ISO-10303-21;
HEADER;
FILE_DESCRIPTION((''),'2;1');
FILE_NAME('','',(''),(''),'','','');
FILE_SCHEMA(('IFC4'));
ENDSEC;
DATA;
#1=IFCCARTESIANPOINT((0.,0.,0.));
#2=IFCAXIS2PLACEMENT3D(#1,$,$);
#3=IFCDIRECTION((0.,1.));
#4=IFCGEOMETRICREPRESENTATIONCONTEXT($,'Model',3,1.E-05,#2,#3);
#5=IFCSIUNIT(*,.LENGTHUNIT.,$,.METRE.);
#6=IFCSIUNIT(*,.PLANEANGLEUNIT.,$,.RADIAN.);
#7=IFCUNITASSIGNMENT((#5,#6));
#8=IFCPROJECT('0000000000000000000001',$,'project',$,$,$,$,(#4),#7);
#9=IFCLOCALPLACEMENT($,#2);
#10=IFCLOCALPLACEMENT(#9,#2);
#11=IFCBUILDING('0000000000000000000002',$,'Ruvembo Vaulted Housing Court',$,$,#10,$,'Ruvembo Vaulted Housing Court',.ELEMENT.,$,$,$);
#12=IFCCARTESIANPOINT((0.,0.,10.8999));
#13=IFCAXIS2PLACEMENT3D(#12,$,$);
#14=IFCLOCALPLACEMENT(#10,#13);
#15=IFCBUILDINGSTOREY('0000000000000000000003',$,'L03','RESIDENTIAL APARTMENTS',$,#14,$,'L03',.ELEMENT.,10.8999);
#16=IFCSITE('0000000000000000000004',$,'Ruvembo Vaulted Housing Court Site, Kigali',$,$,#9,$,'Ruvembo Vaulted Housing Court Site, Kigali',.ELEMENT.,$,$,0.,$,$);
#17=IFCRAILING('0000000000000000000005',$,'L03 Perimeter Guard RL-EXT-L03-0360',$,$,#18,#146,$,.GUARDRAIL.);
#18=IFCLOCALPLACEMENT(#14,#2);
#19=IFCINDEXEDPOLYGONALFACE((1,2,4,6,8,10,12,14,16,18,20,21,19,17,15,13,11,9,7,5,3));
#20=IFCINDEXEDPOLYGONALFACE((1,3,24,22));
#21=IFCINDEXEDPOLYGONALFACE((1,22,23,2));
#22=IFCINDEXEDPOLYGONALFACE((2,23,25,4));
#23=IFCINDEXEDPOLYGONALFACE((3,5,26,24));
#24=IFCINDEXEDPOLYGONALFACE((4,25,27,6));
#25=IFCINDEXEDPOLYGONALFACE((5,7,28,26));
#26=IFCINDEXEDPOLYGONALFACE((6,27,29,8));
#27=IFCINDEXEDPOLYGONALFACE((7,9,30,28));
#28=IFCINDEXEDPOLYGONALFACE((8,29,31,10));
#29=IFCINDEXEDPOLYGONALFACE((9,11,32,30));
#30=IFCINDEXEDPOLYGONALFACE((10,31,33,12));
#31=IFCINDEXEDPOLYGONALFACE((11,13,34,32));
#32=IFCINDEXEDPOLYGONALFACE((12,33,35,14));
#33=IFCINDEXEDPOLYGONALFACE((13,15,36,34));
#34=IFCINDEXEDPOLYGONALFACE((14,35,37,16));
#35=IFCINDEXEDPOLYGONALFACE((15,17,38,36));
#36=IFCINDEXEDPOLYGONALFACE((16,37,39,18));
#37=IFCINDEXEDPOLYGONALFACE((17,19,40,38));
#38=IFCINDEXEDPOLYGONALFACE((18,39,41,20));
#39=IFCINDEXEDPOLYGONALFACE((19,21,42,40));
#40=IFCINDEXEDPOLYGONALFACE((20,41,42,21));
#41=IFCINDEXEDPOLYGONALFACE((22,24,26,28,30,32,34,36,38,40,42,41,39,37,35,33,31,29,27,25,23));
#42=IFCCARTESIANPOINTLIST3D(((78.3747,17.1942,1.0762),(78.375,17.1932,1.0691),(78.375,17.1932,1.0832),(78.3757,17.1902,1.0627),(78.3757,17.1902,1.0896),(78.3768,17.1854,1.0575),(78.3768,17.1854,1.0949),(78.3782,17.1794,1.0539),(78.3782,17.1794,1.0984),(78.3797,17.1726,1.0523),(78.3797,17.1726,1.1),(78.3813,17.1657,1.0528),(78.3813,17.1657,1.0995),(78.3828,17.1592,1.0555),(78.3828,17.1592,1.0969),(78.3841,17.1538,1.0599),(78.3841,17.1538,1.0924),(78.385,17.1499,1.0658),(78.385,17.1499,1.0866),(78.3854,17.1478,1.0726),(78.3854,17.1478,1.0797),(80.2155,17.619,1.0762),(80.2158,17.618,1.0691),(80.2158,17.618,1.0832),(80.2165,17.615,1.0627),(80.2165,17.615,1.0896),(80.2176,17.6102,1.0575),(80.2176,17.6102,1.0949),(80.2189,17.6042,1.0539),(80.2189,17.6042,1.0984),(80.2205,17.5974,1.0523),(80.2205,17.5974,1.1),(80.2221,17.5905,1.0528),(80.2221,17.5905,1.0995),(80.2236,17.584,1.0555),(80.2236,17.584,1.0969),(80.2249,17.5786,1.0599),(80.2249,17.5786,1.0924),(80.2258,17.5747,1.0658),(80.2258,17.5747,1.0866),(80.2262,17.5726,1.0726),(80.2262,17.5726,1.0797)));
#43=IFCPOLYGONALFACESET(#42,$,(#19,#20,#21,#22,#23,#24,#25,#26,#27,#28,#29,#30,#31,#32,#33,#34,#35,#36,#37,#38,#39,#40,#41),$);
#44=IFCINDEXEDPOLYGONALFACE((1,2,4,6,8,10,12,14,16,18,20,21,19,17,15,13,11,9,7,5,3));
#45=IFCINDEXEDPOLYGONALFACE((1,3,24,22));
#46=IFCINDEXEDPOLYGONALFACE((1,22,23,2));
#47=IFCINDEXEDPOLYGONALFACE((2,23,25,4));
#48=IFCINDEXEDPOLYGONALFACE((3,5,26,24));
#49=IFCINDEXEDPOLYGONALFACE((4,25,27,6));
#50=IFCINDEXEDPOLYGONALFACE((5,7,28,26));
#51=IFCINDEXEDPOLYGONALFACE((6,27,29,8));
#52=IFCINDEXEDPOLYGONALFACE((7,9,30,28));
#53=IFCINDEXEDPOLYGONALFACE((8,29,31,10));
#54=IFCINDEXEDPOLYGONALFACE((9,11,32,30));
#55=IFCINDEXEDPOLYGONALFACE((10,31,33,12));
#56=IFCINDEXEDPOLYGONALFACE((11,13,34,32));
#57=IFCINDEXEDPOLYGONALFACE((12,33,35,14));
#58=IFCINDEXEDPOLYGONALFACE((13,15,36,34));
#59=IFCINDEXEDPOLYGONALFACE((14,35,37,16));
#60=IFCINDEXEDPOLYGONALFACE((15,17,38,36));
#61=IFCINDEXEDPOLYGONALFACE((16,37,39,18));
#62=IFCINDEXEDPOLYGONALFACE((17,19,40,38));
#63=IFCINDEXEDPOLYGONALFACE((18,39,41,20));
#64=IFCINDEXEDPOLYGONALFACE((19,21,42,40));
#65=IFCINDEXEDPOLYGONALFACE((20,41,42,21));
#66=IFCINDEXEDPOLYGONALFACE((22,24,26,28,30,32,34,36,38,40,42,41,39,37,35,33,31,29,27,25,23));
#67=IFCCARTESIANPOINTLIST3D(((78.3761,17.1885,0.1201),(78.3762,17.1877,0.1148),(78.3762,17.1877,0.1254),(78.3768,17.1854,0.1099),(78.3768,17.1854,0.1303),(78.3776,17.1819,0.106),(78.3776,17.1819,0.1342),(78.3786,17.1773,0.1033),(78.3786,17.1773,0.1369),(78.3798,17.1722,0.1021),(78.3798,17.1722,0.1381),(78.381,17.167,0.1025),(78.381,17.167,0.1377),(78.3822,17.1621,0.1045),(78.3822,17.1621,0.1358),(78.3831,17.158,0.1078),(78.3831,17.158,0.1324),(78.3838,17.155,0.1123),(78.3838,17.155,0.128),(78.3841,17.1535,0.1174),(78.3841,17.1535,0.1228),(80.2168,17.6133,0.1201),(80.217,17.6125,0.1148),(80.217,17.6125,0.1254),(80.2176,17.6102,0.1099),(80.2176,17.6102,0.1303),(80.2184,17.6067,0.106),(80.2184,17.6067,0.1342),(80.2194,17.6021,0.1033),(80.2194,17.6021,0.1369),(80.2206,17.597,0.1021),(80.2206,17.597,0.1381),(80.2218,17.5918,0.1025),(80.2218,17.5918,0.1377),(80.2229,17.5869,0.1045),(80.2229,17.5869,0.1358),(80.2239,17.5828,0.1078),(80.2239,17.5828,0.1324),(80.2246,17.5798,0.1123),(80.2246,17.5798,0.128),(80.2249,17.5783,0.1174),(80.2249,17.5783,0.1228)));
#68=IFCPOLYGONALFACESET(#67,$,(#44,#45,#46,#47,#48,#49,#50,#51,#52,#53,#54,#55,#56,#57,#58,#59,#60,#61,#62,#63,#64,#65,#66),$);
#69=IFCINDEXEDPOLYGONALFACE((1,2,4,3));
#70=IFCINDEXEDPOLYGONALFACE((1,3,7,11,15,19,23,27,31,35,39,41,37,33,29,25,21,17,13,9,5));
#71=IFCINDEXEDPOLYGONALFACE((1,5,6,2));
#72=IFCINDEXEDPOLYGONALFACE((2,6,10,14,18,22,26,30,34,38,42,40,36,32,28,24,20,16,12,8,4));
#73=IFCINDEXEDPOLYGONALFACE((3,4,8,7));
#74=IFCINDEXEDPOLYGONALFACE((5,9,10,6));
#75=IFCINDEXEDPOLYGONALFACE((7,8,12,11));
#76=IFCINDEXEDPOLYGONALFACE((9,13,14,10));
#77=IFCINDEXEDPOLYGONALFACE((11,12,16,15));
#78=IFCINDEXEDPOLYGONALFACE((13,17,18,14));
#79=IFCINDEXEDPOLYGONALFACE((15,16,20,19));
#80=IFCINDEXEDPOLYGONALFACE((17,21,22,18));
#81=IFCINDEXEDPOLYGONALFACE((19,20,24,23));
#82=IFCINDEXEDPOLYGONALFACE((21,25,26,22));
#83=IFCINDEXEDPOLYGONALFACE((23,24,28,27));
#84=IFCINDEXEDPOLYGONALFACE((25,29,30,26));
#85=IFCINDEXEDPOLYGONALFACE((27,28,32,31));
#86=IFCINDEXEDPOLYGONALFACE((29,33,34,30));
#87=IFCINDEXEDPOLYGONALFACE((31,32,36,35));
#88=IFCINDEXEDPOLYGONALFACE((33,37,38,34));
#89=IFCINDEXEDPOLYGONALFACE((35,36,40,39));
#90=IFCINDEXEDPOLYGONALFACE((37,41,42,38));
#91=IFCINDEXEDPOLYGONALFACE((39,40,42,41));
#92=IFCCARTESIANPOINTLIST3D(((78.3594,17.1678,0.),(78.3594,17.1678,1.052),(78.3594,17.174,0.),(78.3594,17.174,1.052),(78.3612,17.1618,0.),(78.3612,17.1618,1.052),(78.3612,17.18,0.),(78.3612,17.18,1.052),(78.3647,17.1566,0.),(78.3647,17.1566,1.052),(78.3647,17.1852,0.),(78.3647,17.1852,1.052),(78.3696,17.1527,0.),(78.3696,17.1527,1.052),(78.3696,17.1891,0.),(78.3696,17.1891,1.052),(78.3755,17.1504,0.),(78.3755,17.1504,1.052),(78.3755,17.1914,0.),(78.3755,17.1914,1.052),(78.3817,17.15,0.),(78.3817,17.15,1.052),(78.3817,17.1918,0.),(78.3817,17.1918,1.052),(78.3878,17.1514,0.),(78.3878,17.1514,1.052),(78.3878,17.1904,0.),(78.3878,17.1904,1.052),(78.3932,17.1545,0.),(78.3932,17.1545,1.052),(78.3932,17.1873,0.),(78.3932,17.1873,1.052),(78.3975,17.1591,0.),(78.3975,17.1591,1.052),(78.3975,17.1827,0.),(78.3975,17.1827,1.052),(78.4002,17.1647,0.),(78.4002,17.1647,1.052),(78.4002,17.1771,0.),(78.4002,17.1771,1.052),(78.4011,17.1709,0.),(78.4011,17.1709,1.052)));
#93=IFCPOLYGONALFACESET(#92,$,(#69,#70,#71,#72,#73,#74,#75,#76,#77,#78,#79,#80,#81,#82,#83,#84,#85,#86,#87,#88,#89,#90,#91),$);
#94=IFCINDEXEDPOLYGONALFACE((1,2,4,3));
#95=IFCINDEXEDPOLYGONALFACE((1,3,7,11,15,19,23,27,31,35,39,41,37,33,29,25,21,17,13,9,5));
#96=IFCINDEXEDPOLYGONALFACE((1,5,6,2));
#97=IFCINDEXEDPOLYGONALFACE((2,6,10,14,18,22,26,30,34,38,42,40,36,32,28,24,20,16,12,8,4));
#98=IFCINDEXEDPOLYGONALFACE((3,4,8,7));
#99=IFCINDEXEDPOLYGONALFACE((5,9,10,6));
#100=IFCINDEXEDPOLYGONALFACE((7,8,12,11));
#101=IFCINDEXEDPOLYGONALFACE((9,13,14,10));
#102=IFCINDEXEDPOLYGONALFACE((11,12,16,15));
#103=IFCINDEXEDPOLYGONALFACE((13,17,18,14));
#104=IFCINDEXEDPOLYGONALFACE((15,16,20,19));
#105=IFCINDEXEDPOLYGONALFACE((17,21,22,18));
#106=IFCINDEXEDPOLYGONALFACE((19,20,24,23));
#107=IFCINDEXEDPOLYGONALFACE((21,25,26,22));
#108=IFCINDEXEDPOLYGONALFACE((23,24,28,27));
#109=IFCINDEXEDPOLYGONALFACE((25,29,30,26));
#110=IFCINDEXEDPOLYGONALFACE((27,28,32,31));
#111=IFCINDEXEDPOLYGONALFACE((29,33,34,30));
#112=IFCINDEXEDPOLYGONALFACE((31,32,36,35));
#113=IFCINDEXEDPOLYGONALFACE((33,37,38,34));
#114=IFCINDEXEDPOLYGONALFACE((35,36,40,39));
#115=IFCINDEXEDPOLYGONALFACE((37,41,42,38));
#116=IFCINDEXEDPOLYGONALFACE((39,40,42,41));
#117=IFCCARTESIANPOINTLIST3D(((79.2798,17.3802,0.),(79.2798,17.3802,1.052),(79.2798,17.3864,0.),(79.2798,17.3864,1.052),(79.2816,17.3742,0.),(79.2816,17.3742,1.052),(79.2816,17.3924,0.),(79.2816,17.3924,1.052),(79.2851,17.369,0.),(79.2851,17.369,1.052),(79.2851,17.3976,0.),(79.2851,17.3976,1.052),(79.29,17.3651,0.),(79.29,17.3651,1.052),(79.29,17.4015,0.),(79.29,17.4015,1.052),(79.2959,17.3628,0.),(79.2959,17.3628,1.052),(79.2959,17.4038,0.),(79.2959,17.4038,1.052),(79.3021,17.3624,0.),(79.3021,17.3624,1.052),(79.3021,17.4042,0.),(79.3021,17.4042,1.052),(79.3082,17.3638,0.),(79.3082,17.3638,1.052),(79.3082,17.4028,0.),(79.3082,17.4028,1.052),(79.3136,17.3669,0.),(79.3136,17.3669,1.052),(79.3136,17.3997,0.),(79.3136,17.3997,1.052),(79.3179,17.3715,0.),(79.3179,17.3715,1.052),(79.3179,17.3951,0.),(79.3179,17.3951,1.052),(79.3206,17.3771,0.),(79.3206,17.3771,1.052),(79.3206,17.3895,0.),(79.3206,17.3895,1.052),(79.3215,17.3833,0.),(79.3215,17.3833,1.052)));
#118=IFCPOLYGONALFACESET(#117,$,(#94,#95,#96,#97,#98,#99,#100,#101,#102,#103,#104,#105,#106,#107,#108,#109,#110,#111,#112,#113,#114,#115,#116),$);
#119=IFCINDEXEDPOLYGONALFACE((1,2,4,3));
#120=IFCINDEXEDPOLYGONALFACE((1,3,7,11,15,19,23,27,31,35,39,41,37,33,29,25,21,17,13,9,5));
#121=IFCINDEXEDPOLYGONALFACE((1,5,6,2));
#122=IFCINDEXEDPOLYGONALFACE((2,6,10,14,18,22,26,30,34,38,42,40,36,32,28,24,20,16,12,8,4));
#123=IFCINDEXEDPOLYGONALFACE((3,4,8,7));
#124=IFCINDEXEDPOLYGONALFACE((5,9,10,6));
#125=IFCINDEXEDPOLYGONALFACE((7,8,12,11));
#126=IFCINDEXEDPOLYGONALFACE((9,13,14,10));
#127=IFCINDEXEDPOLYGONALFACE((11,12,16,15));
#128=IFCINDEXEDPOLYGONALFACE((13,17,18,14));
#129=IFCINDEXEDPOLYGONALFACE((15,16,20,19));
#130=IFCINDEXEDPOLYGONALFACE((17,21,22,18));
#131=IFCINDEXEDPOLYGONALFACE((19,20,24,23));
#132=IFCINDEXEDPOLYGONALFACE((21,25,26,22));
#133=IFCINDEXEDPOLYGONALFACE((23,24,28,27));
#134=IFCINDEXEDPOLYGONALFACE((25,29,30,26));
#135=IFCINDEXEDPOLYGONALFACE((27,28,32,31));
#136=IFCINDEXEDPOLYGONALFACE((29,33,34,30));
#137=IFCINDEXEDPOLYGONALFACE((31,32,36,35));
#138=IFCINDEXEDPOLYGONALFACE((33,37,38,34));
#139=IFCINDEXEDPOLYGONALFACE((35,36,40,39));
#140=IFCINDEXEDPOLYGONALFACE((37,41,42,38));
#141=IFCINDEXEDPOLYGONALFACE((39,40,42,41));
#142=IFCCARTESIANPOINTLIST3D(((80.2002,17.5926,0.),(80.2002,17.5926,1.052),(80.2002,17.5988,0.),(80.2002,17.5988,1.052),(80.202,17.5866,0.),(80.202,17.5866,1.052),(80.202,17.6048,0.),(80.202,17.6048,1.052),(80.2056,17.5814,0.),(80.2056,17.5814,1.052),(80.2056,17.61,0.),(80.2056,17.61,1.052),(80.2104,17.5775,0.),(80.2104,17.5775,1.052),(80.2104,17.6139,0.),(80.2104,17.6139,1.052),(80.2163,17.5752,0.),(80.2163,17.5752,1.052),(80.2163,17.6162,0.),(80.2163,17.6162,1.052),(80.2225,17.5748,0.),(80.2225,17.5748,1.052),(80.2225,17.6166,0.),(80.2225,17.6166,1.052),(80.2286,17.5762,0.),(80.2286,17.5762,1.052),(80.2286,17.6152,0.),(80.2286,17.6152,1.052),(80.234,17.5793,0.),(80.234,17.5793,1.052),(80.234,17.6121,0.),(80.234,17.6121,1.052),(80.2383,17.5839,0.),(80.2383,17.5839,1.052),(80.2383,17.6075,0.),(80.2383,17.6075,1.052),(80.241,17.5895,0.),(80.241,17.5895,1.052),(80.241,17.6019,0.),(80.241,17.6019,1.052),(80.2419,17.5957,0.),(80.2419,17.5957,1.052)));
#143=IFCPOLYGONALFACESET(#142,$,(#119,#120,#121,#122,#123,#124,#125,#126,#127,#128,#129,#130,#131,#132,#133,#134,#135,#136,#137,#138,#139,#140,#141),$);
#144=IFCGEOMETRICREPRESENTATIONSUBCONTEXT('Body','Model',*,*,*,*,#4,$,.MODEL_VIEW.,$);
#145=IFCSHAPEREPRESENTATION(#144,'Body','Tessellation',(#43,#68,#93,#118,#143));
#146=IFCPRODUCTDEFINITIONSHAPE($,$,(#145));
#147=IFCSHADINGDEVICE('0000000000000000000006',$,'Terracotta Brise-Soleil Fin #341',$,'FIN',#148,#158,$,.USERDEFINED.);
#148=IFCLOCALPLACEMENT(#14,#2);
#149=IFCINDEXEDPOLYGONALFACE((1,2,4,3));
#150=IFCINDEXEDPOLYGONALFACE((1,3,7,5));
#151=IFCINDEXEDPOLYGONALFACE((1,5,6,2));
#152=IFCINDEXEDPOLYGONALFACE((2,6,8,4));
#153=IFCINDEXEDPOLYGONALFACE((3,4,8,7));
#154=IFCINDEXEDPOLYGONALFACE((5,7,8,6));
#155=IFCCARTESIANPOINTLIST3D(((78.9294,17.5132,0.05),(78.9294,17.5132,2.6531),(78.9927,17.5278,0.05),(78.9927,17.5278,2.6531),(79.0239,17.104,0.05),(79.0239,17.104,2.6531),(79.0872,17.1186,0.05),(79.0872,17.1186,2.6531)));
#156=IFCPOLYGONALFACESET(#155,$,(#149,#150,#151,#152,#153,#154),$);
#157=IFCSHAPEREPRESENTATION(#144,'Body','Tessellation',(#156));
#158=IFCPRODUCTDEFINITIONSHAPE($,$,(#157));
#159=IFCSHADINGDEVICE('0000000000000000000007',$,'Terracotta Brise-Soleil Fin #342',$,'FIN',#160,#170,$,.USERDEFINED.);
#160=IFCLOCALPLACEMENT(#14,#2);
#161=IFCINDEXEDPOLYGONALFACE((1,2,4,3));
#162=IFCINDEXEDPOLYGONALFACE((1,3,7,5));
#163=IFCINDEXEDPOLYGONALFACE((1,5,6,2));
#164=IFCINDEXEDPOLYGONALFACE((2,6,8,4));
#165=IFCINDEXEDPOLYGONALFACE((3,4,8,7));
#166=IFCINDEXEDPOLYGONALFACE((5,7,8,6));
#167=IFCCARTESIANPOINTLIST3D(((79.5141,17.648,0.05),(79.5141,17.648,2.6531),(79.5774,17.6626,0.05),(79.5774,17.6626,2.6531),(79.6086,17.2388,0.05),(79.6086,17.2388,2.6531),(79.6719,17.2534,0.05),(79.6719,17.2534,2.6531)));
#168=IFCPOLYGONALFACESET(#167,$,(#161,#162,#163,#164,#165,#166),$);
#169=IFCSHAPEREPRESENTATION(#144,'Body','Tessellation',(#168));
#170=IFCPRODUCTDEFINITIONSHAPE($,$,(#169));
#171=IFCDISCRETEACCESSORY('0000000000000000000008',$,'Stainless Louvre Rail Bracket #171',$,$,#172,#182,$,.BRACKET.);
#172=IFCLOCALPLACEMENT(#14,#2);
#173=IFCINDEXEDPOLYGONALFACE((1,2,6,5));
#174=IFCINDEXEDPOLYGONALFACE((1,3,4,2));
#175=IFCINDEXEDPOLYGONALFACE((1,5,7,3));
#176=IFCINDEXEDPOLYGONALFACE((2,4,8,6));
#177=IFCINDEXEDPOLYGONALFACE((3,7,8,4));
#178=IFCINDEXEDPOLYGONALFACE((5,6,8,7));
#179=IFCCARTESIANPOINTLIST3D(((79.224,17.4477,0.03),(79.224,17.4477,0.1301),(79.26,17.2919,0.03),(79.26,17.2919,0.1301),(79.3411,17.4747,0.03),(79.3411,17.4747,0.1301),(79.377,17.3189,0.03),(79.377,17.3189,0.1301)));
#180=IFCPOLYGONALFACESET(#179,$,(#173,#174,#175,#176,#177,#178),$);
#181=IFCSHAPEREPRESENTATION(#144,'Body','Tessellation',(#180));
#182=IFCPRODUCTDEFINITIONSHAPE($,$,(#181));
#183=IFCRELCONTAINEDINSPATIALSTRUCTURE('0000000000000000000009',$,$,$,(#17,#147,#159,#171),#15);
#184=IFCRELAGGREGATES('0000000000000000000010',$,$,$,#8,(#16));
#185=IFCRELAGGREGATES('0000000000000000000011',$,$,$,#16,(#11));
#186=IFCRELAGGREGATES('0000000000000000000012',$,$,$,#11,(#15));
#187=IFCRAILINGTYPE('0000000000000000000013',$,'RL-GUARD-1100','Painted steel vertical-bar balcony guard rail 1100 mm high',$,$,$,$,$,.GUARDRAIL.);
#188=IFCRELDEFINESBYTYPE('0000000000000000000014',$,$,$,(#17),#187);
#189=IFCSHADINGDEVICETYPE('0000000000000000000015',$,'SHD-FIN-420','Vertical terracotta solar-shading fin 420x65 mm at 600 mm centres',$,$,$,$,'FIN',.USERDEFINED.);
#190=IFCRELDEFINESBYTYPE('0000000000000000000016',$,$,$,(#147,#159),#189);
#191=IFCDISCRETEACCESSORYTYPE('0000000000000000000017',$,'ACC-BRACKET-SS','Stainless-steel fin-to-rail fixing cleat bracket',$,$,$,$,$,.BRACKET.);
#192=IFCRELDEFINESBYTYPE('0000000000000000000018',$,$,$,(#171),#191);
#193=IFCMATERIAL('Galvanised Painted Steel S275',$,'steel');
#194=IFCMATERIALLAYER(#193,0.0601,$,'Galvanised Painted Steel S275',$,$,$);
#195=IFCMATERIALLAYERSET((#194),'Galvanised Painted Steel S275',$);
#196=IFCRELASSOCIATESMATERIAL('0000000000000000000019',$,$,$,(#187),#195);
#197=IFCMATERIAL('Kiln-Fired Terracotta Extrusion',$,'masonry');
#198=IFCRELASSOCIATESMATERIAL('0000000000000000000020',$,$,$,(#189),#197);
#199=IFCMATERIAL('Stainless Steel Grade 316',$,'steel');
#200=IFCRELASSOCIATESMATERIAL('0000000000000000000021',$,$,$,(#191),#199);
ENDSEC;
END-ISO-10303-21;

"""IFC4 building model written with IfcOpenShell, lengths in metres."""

from ifc_helpers import new_model, si_unit, direction, frame, origin, origin_2d, place, context, subcontext, project, spatial, rectangle, circle, extrude, material, layer, layer_set, type_object, element, save


model = new_model("IFC4")

# Units and contexts
model_context = context("Model", 3, precision=1e-05, world=origin(), true_north=direction((0.0, 1.0)))
body_context = subcontext(model_context, "Body", "Model", "MODEL_VIEW")
ifc_project = project(units=[si_unit("LENGTHUNIT", "METRE"), si_unit("PLANEANGLEUNIT", "RADIAN")], contexts=[model_context])

# Site, building, storey
site_placement = place(None, origin())
site = spatial("IfcSite", under=ifc_project, at=site_placement, Name="Ruvembo Vaulted Housing Court Site, Kigali", LongName="Ruvembo Vaulted Housing Court Site, Kigali", CompositionType="ELEMENT", RefElevation=0.0)
building_placement = place(site_placement, origin())
building = spatial("IfcBuilding", under=site, at=building_placement, Name="Ruvembo Vaulted Housing Court", LongName="Ruvembo Vaulted Housing Court", CompositionType="ELEMENT")
storey_placement = place(building_placement, frame((0.0, 0.0, 10.8999)))
storey = spatial("IfcBuildingStorey", under=building, at=storey_placement, Name="L03", Description="RESIDENTIAL APARTMENTS", LongName="L03", CompositionType="ELEMENT", Elevation=10.8999)

# Railing
ifc_material_1 = material(Name="Galvanised Painted Steel S275", Category="steel")
ifc_layer_1 = layer(ifc_material_1, 0.0601, Name="Galvanised Painted Steel S275")
ifc_layer_set_1 = layer_set([ifc_layer_1], Name="Galvanised Painted Steel S275")
railing_type = type_object("IfcRailingType", Name="RL-GUARD-1100", Description="Painted steel vertical-bar balcony guard rail 1100 mm high", PredefinedType="GUARDRAIL", material=ifc_layer_set_1)
railing_placement = place(storey_placement, frame((78.3801, 17.1709, 0.0)))
element("IfcRailing", 1, at=railing_placement, inside=storey, type_object=railing_type, Name="L03 Perimeter Guard RL-EXT-L03-0360", PredefinedType="GUARDRAIL", context=body_context, shape_type="SweptSolid", body=[
    extrude(circle(Radius=0.0239, at=origin_2d()), frame((0.0, 0.0, 1.0762), z_axis=(0.974391, 0.22486, 0.0), x_axis=(-0.22486, 0.974391, 0.0)), (0.0, 0.0, 1.0), 1.8892),
    extrude(circle(Radius=0.0181, at=origin_2d()), frame((0.0, 0.0, 0.1201), z_axis=(0.974391, 0.22486, 0.0), x_axis=(-0.22486, 0.974391, 0.0)), (0.0, 0.0, 1.0), 1.8892),
    extrude(circle(Radius=0.021, at=origin_2d()), origin(), (0.0, 0.0, 1.0), 1.052),
    extrude(circle(Radius=0.021, at=origin_2d()), frame((0.9204, 0.2124, 0.0)), (0.0, 0.0, 1.0), 1.052),
    extrude(circle(Radius=0.021, at=origin_2d()), frame((1.8408, 0.4248, 0.0)), (0.0, 0.0, 1.0), 1.052),
])

# Shading devices
ifc_material_2 = material(Name="Kiln-Fired Terracotta Extrusion", Category="masonry")
shading_device_type = type_object("IfcShadingDeviceType", Name="SHD-FIN-420", Description="Vertical terracotta solar-shading fin 420x65 mm at 600 mm centres", ElementType="FIN", PredefinedType="USERDEFINED", material=ifc_material_2)
for number, where, z_axis, x_axis, name in (
    (2, (79.0083, 17.3159, 0.05), (0.0, 0.0, 1.0), (0.224951, -0.97437, 0.0), "Terracotta Brise-Soleil Fin #341"),
    (3, (79.593, 17.4507, 0.05), (0.0, 0.0, 1.0), (0.224951, -0.97437, 0.0), "Terracotta Brise-Soleil Fin #342"),
):
    element("IfcShadingDevice", number, at=place(storey_placement, frame(where, z_axis=z_axis, x_axis=x_axis)), inside=storey, type_object=shading_device_type, Name=name, ObjectType="FIN", PredefinedType="USERDEFINED", context=body_context, shape_type="SweptSolid", body=[
        extrude(rectangle(XDim=0.4199, YDim=0.0649, at=origin_2d()), origin(), (0.0, 0.0, 1.0), 2.603),
    ])

# Discrete accessory
ifc_material_3 = material(Name="Stainless Steel Grade 316", Category="steel")
discrete_accessory_type = type_object("IfcDiscreteAccessoryType", Name="ACC-BRACKET-SS", Description="Stainless-steel fin-to-rail fixing cleat bracket", PredefinedType="BRACKET", material=ifc_material_3)
discrete_accessory_placement = place(storey_placement, frame((79.3005, 17.3833, 0.03), z_axis=(0.0, 0.0, 1.0), x_axis=(0.224951, -0.97437, 0.0)))
element("IfcDiscreteAccessory", 4, at=discrete_accessory_placement, inside=storey, type_object=discrete_accessory_type, Name="Stainless Louvre Rail Bracket #171", PredefinedType="BRACKET", context=body_context, shape_type="SweptSolid", body=[
    extrude(rectangle(XDim=0.1599, YDim=0.1201, at=origin_2d()), origin(), (0.0, 0.0, 1.0), 0.1001),
])

save(model, "model.ifc")
